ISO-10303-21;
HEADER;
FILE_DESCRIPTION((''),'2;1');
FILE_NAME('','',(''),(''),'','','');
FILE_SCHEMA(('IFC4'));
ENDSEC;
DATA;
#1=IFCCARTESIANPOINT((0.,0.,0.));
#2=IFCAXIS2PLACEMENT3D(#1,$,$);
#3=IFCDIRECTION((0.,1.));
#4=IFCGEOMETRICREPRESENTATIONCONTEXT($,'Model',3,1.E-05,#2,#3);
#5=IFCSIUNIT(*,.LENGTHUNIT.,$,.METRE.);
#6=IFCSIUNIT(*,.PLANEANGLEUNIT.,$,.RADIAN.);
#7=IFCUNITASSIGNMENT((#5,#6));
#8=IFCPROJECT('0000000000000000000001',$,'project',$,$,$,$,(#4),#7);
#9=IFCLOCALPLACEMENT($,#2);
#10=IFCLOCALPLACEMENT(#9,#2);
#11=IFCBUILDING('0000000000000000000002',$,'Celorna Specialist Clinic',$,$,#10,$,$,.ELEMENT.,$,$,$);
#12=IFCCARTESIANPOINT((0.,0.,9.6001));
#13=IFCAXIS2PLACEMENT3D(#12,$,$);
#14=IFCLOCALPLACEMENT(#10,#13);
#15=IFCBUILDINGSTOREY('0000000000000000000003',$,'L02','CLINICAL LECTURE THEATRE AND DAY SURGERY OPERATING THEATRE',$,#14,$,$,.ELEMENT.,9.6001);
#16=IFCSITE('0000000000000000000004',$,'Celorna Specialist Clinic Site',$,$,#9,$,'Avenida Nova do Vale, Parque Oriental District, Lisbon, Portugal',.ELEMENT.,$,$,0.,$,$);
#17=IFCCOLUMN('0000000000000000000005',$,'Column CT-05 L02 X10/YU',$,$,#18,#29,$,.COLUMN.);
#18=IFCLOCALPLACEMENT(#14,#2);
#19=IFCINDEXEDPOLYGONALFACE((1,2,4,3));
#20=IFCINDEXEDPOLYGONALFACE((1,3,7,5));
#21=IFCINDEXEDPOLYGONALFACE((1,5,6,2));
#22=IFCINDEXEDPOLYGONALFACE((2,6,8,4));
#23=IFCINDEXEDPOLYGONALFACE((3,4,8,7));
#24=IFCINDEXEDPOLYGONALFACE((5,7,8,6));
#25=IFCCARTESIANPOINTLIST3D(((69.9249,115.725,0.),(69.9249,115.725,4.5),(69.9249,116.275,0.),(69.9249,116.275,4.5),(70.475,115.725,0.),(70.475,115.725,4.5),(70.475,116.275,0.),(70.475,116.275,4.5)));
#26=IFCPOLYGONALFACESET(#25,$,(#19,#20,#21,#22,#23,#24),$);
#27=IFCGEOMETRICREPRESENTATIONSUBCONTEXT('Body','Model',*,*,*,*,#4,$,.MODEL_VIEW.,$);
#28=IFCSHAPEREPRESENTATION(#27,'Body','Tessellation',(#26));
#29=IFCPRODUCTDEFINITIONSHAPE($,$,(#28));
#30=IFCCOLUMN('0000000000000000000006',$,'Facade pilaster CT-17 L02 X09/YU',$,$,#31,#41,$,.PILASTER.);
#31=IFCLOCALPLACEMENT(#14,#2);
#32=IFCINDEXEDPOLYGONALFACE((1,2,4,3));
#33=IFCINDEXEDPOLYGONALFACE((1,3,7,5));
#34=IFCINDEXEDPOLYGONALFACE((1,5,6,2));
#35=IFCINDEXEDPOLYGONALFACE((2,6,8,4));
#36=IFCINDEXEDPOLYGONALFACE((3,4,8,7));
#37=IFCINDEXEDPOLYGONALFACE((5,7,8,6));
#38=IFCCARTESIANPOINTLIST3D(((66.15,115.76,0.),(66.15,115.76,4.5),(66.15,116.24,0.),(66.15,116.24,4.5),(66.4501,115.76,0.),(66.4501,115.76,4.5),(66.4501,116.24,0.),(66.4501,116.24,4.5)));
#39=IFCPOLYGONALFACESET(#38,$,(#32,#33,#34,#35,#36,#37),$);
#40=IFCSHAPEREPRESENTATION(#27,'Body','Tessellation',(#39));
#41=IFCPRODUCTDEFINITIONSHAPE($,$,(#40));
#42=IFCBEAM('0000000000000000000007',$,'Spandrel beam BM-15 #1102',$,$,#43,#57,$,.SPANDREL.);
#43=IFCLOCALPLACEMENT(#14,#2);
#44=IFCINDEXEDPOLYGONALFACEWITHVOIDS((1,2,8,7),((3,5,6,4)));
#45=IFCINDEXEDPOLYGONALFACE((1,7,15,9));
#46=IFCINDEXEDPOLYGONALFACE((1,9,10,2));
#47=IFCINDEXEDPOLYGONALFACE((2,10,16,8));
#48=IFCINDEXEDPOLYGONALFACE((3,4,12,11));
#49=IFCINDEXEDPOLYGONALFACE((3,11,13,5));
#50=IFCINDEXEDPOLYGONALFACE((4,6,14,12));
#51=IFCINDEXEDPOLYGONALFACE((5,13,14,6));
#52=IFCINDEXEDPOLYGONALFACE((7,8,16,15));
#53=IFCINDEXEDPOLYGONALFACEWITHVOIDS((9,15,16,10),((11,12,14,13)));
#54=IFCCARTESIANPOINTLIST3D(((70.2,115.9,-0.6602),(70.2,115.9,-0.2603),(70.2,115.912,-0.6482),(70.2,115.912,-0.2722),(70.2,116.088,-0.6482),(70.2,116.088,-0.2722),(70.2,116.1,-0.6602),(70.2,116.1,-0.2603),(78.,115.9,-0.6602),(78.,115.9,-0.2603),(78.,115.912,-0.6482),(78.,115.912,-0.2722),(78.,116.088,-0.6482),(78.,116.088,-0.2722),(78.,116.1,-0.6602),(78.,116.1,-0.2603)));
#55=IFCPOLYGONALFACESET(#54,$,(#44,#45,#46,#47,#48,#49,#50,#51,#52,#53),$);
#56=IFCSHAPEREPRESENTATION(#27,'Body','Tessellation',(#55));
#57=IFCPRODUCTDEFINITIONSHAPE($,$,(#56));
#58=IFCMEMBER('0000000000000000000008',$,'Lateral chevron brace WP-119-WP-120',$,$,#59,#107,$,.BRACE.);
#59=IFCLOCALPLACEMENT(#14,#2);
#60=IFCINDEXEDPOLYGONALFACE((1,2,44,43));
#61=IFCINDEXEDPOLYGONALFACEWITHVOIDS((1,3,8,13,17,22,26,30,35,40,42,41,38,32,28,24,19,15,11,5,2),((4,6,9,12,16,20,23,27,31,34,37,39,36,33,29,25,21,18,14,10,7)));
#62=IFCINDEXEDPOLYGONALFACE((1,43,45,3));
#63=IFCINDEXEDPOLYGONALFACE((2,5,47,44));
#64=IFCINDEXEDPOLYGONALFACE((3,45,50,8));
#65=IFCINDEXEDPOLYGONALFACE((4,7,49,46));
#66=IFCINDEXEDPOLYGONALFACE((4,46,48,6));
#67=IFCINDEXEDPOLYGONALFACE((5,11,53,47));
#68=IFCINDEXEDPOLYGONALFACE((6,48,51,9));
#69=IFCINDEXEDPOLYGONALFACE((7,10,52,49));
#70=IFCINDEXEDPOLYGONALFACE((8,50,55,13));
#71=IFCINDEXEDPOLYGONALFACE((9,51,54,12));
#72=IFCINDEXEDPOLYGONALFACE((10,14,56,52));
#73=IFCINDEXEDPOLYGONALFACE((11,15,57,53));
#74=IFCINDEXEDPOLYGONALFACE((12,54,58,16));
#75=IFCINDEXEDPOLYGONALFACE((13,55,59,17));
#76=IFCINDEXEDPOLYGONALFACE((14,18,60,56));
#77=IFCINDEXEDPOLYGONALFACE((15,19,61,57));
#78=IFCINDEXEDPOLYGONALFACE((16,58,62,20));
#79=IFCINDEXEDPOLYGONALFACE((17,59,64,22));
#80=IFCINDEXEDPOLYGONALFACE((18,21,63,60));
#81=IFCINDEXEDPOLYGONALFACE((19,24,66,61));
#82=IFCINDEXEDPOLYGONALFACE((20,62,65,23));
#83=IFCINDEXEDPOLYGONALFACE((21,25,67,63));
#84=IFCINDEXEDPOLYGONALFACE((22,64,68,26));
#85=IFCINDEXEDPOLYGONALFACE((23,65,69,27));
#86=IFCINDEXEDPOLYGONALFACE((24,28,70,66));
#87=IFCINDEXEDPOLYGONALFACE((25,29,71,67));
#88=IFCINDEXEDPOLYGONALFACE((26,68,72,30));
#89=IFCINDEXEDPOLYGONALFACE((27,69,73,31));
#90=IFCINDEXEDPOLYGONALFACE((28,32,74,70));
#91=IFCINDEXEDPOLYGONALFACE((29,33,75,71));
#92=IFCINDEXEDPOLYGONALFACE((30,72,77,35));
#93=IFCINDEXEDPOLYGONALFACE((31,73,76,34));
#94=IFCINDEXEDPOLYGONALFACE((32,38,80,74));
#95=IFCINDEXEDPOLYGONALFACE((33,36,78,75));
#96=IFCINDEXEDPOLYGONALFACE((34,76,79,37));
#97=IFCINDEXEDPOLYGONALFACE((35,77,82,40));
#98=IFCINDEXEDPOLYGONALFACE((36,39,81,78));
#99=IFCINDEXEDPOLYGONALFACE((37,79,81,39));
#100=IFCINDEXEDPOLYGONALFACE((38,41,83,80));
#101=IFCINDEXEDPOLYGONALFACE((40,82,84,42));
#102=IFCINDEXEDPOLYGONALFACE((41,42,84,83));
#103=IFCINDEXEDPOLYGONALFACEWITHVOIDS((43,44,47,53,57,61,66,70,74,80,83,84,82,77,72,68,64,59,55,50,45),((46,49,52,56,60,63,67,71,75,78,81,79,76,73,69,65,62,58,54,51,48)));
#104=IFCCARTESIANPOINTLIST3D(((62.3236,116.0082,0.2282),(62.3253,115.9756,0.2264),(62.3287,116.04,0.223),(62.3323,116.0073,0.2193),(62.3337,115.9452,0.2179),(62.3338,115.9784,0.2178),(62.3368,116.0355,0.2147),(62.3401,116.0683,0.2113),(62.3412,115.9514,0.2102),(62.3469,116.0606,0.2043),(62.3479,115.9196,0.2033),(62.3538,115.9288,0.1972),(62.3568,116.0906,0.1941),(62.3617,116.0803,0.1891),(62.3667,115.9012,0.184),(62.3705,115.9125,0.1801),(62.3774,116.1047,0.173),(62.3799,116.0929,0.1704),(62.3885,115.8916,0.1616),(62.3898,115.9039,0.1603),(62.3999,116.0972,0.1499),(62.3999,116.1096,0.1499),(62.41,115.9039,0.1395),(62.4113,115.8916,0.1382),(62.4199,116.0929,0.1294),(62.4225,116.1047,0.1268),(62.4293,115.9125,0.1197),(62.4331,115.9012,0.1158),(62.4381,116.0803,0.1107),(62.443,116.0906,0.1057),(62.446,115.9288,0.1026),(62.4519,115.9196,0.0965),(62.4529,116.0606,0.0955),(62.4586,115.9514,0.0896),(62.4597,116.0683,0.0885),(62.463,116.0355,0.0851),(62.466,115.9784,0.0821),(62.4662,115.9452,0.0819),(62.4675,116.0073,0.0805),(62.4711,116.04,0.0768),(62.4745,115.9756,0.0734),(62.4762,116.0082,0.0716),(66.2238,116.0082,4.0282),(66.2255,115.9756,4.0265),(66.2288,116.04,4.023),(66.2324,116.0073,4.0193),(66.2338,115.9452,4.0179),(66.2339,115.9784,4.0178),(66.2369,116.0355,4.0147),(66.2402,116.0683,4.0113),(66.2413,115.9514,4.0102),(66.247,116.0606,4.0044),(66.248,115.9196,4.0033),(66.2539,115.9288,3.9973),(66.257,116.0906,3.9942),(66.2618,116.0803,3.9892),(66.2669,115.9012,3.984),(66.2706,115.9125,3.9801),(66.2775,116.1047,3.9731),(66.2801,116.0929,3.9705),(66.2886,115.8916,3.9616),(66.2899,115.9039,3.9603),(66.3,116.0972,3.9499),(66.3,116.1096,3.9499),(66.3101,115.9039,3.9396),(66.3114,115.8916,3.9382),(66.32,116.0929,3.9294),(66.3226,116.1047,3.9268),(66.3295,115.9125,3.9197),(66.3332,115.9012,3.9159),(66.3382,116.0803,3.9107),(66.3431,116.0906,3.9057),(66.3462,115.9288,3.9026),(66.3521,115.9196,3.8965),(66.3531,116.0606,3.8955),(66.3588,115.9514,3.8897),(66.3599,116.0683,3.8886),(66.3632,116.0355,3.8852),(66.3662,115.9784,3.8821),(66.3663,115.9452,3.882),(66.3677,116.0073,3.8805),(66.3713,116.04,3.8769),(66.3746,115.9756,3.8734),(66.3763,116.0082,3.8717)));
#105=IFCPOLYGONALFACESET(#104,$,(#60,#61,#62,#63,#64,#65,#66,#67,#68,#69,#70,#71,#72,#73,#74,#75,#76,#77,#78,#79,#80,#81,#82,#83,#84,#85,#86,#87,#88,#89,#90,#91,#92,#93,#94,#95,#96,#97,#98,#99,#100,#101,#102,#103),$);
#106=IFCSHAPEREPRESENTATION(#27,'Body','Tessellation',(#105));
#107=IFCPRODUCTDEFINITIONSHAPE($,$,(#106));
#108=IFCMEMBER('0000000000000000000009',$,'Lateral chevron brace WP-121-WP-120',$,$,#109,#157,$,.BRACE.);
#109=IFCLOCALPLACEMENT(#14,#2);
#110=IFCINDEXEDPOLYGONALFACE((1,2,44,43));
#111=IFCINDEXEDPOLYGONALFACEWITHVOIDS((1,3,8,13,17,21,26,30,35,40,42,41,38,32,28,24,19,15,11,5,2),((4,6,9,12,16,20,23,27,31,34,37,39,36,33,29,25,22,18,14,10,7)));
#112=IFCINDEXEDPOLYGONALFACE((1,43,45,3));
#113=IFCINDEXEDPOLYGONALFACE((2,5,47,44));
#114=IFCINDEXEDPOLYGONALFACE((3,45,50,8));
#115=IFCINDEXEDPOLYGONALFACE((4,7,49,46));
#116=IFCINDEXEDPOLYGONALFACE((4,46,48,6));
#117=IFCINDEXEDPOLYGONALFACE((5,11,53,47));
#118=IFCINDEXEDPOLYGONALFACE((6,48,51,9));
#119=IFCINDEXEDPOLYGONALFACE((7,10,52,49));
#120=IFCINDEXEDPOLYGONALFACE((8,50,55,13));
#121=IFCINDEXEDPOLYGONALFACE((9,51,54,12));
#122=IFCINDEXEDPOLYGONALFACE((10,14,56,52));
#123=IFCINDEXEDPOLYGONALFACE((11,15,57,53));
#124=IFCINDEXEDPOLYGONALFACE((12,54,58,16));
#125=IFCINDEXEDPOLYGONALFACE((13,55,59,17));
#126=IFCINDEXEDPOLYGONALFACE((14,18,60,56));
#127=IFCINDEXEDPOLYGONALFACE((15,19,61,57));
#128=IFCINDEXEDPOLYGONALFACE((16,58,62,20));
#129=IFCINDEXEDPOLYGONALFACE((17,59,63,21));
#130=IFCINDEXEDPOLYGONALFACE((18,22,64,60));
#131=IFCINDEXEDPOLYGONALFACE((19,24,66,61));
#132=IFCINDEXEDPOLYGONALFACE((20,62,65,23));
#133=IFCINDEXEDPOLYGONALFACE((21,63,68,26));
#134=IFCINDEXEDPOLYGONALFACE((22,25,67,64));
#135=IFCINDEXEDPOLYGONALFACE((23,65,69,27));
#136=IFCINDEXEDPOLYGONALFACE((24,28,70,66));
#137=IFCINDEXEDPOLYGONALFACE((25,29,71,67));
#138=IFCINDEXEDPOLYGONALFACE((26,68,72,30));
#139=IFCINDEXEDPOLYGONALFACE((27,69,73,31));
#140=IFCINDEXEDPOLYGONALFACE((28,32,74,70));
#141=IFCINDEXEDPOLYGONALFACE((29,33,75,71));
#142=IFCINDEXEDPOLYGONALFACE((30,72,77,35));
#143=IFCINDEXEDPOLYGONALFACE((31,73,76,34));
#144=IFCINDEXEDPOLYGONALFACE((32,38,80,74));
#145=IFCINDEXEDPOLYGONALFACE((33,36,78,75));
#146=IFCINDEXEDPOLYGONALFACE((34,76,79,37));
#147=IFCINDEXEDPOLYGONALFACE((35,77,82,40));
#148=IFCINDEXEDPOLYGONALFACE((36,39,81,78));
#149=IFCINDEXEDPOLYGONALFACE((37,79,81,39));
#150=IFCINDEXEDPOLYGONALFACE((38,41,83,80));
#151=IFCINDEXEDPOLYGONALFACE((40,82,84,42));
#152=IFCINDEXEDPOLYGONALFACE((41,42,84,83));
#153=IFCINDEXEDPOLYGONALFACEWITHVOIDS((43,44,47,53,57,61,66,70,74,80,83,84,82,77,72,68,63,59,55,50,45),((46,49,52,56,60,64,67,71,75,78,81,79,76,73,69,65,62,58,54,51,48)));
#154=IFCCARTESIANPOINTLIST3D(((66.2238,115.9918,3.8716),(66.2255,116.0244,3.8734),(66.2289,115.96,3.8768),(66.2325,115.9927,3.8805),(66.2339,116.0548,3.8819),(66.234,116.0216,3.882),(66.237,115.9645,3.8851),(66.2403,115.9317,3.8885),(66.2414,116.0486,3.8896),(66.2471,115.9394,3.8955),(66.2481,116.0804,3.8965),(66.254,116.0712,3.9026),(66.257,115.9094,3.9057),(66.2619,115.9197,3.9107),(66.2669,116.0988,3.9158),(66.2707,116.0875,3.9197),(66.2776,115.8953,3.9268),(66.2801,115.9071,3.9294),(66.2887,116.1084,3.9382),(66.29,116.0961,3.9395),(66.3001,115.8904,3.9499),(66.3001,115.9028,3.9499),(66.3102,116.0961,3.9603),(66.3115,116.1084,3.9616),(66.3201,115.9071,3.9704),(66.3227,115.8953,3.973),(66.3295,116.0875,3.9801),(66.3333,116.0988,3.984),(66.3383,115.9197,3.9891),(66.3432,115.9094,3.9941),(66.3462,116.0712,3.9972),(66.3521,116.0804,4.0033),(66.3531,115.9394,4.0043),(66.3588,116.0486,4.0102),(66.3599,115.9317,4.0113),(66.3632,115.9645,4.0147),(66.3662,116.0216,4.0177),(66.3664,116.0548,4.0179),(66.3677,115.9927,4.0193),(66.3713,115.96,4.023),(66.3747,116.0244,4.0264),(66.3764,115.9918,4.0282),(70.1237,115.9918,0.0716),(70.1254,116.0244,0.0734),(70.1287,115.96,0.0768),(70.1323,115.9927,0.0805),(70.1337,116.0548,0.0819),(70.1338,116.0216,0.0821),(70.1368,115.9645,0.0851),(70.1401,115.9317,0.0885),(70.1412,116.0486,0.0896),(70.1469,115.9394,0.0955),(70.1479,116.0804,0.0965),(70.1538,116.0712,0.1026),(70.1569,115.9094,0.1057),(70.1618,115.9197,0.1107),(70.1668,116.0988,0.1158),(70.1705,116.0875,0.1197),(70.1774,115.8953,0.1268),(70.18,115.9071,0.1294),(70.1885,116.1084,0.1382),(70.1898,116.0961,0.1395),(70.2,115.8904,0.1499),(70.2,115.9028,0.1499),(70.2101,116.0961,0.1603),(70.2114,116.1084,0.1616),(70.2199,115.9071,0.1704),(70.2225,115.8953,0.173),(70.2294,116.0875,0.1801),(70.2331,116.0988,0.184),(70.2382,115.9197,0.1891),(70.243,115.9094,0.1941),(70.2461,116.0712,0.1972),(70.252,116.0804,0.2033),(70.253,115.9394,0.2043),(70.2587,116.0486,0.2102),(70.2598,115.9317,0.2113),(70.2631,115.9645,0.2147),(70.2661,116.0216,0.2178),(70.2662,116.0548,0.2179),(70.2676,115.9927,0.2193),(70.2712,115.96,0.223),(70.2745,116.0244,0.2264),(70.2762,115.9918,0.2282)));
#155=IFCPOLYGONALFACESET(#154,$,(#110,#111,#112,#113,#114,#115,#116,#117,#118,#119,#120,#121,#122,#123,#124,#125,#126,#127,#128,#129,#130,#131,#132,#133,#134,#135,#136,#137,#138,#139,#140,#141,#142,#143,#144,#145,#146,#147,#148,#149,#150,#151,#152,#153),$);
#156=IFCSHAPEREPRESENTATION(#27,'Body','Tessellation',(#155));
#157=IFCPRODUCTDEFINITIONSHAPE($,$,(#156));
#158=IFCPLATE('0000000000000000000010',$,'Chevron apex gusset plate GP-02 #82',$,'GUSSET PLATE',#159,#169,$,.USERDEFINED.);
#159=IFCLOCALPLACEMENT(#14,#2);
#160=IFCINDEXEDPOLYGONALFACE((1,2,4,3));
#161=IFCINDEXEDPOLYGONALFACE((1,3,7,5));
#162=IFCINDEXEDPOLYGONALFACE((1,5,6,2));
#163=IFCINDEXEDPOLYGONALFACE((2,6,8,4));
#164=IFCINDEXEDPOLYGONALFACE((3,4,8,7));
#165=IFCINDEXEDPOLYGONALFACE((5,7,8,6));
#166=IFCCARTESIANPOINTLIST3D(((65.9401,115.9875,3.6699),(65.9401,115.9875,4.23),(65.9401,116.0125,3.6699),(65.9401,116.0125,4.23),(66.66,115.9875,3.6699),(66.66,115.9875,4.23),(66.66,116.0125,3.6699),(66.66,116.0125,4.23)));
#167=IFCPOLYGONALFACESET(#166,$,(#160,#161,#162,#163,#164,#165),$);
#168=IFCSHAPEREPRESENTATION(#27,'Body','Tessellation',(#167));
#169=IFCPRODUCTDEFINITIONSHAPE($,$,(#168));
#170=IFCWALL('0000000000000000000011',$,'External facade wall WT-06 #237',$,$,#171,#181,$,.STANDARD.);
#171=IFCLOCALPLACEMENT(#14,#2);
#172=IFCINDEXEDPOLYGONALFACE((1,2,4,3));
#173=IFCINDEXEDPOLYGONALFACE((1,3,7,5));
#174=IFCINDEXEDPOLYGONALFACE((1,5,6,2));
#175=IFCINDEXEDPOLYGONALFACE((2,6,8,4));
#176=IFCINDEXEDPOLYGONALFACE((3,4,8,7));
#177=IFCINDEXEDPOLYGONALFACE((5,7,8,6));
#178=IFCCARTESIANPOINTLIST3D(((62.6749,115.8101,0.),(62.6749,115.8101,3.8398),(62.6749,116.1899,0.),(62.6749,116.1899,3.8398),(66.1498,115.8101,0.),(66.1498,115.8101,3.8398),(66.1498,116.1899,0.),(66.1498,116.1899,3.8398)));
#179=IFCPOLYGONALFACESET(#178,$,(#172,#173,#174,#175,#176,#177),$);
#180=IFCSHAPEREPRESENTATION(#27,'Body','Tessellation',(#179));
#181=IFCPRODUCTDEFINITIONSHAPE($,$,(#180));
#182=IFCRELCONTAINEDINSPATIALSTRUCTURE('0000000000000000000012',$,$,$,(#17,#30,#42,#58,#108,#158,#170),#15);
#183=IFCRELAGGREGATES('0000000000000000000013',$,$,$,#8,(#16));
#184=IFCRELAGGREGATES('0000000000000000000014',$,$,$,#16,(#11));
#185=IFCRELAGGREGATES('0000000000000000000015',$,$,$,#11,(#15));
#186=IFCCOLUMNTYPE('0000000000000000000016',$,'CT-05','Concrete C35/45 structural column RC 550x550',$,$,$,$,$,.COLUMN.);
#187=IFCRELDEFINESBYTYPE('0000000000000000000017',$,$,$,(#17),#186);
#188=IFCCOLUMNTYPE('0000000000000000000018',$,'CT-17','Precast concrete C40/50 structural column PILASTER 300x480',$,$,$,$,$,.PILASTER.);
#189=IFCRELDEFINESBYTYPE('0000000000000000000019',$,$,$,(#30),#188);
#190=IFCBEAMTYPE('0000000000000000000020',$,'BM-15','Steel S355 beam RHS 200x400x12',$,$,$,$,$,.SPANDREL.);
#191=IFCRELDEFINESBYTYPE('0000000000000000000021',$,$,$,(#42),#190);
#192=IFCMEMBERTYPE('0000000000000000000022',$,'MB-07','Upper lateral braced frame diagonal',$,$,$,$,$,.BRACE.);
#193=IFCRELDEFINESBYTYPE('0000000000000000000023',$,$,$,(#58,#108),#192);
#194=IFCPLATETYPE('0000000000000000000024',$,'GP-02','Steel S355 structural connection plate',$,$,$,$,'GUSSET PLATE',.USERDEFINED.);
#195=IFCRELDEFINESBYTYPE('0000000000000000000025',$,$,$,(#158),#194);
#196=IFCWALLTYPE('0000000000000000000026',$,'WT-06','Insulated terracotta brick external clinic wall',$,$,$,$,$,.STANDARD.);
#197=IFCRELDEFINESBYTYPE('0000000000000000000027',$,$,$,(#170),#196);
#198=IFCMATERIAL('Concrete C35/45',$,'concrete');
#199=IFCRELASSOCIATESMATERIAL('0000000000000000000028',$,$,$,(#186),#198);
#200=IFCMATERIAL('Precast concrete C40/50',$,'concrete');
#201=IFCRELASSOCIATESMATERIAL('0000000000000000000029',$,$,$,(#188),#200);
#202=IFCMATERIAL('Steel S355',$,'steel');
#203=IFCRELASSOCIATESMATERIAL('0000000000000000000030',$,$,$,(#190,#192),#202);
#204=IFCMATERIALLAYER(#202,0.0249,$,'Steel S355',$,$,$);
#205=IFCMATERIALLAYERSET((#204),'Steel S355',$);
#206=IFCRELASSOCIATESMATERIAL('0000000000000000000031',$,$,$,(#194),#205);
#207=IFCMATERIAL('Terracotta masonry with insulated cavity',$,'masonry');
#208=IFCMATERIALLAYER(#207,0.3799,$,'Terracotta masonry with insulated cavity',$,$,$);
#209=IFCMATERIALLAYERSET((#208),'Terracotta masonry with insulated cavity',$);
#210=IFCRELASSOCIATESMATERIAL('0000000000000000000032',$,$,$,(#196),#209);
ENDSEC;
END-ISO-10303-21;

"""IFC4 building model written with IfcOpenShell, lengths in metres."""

from ifc_helpers import new_model, si_unit, direction, frame, frame_2d, origin, origin_2d, place, context, subcontext, project, spatial, rectangle, hollow_rectangle, hollow_circle, extrude, material, layer, layer_set, material_profile, profile_set, type_object, element, save


model = new_model("IFC4")

# Units and contexts
model_context = context("Model", 3, precision=1e-05, world=origin(), true_north=direction((0.0, 1.0)))
body_context = subcontext(model_context, "Body", "Model", "MODEL_VIEW")
ifc_project = project(units=[si_unit("LENGTHUNIT", "METRE"), si_unit("PLANEANGLEUNIT", "RADIAN")], contexts=[model_context])

# Site, building, storey
site_placement = place(None, origin())
site = spatial("IfcSite", under=ifc_project, at=site_placement, Name="Celorna Specialist Clinic Site", LongName="Avenida Nova do Vale, Parque Oriental District, Lisbon, Portugal", CompositionType="ELEMENT", RefElevation=0.0)
building_placement = place(site_placement, origin())
building = spatial("IfcBuilding", under=site, at=building_placement, Name="Celorna Specialist Clinic", CompositionType="ELEMENT")
storey_placement = place(building_placement, frame((0.0, 0.0, 9.6001)))
storey = spatial("IfcBuildingStorey", under=building, at=storey_placement, Name="L02", Description="CLINICAL LECTURE THEATRE AND DAY SURGERY OPERATING THEATRE", CompositionType="ELEMENT", Elevation=9.6001)

# Columns
ifc_material_1 = material(Name="Concrete C35/45", Category="concrete")
ifc_material_profile_1 = material_profile(ifc_material_1, rectangle(XDim=0.55, YDim=0.55, at=origin_2d()), Name="RC 550x550")
ifc_profile_set_1 = profile_set([ifc_material_profile_1], Name="Concrete C35/45")
column_type_1 = type_object("IfcColumnType", Name="CT-05", Description="Concrete C35/45 structural column RC 550x550", PredefinedType="COLUMN", material=ifc_profile_set_1)
column_1_placement = place(storey_placement, frame((70.2, 116.0, 0.0), z_axis=(0.0, 0.0, 1.0), x_axis=(1.0, 0.0, 0.0)))
element("IfcColumn", 1, at=column_1_placement, inside=storey, type_object=column_type_1, Name="Column CT-05 L02 X10/YU", PredefinedType="COLUMN", context=body_context, shape_type="SweptSolid", body=[
    extrude(rectangle(XDim=0.55, YDim=0.55, at=origin_2d()), origin(), (0.0, 0.0, 1.0), 4.5),
])
ifc_material_2 = material(Name="Precast concrete C40/50", Category="concrete")
ifc_material_profile_2 = material_profile(ifc_material_2, rectangle(XDim=0.3, YDim=0.48, at=origin_2d()), Name="PILASTER 300x480")
ifc_profile_set_2 = profile_set([ifc_material_profile_2], Name="Precast concrete C40/50")
column_type_2 = type_object("IfcColumnType", Name="CT-17", Description="Precast concrete C40/50 structural column PILASTER 300x480", PredefinedType="PILASTER", material=ifc_profile_set_2)
column_2_placement = place(storey_placement, frame((66.3, 116.0, 0.0), z_axis=(0.0, 0.0, 1.0), x_axis=(1.0, 0.0, 0.0)))
element("IfcColumn", 2, at=column_2_placement, inside=storey, type_object=column_type_2, Name="Facade pilaster CT-17 L02 X09/YU", PredefinedType="PILASTER", context=body_context, shape_type="SweptSolid", body=[
    extrude(rectangle(XDim=0.3, YDim=0.48, at=origin_2d()), origin(), (0.0, 0.0, 1.0), 4.5),
])

# Beam
ifc_material_3 = material(Name="Steel S355", Category="steel")
ifc_material_profile_3 = material_profile(ifc_material_3, hollow_rectangle(XDim=0.2, YDim=0.3999, WallThickness=0.012, at=origin_2d()), Name="RHS 200x400x12")
ifc_profile_set_3 = profile_set([ifc_material_profile_3], Name="Steel S355")
beam_type = type_object("IfcBeamType", Name="BM-15", Description="Steel S355 beam RHS 200x400x12", PredefinedType="SPANDREL", material=ifc_profile_set_3)
beam_placement = place(storey_placement, frame((70.2, 116.0, -0.4602), z_axis=(1.0, 0.0, 0.0), x_axis=(0.0, 1.0, 0.0)))
element("IfcBeam", 3, at=beam_placement, inside=storey, type_object=beam_type, Name="Spandrel beam BM-15 #1102", PredefinedType="SPANDREL", context=body_context, shape_type="SweptSolid", body=[
    extrude(hollow_rectangle(XDim=0.2, YDim=0.3999, WallThickness=0.012, at=origin_2d()), origin(), (0.0, 0.0, 1.0), 7.8),
])

# Members
ifc_material_profile_4 = material_profile(ifc_material_3, hollow_circle(Radius=0.1096, WallThickness=0.0125, at=origin_2d()), Name="CHS 219.1x12.5")
ifc_profile_set_4 = profile_set([ifc_material_profile_4], Name="Steel S355")
member_type = type_object("IfcMemberType", Name="MB-07", Description="Upper lateral braced frame diagonal", PredefinedType="BRACE", material=ifc_profile_set_4)
member_1_placement = place(storey_placement, frame((62.3999, 116.0, 0.1499), z_axis=(0.716238, 0.0, 0.697856), x_axis=(0.0, 1.0, 0.0)))
element("IfcMember", 4, at=member_1_placement, inside=storey, type_object=member_type, Name="Lateral chevron brace WP-119-WP-120", PredefinedType="BRACE", context=body_context, shape_type="SweptSolid", body=[
    extrude(hollow_circle(Radius=0.1096, WallThickness=0.0125, at=origin_2d()), origin(), (0.0, 0.0, 1.0), 5.4453),
])
member_2_placement = place(storey_placement, frame((70.2, 116.0, 0.1499), z_axis=(-0.716216, 0.0, 0.697878), x_axis=(0.0, -1.0, 0.0)))
element("IfcMember", 5, at=member_2_placement, inside=storey, type_object=member_type, Name="Lateral chevron brace WP-121-WP-120", PredefinedType="BRACE", context=body_context, shape_type="SweptSolid", body=[
    extrude(hollow_circle(Radius=0.1096, WallThickness=0.0125, at=origin_2d()), origin(), (0.0, 0.0, 1.0), 5.4451),
])

# Plate
ifc_layer_1 = layer(ifc_material_3, 0.0249, Name="Steel S355")
ifc_layer_set_1 = layer_set([ifc_layer_1], Name="Steel S355")
plate_type = type_object("IfcPlateType", Name="GP-02", Description="Steel S355 structural connection plate", ElementType="GUSSET PLATE", PredefinedType="USERDEFINED", material=ifc_layer_set_1)
plate_placement = place(storey_placement, frame((66.3, 116.0, 3.6699), z_axis=(0.0, 0.0, 1.0), x_axis=(1.0, 0.0, 0.0)))
element("IfcPlate", 6, at=plate_placement, inside=storey, type_object=plate_type, Name="Chevron apex gusset plate GP-02 #82", ObjectType="GUSSET PLATE", PredefinedType="USERDEFINED", context=body_context, shape_type="SweptSolid", body=[
    extrude(rectangle(XDim=0.72, YDim=0.0249, at=origin_2d()), origin(), (0.0, 0.0, 1.0), 0.5601),
])

# Wall
ifc_material_4 = material(Name="Terracotta masonry with insulated cavity", Category="masonry")
ifc_layer_2 = layer(ifc_material_4, 0.3799, Name="Terracotta masonry with insulated cavity")
ifc_layer_set_2 = layer_set([ifc_layer_2], Name="Terracotta masonry with insulated cavity")
wall_type_1 = type_object("IfcWallType", Name="WT-06", Description="Insulated terracotta brick external clinic wall", PredefinedType="STANDARD", material=ifc_layer_set_2)
wall_1_placement = place(storey_placement, frame((62.675, 116.0, 0.0), z_axis=(0.0, 0.0, 1.0), x_axis=(1.0, 0.0, 0.0)))
element("IfcWall", 7, at=wall_1_placement, inside=storey, type_object=wall_type_1, Name="External facade wall WT-06 #237", PredefinedType="STANDARD", context=body_context, shape_type="SweptSolid", body=[
    extrude(rectangle(XDim=3.4749, YDim=0.3799, at=frame_2d((1.7373, 0.0))), origin(), (0.0, 0.0, 1.0), 3.8398),
])

save(model, "model.ifc")
